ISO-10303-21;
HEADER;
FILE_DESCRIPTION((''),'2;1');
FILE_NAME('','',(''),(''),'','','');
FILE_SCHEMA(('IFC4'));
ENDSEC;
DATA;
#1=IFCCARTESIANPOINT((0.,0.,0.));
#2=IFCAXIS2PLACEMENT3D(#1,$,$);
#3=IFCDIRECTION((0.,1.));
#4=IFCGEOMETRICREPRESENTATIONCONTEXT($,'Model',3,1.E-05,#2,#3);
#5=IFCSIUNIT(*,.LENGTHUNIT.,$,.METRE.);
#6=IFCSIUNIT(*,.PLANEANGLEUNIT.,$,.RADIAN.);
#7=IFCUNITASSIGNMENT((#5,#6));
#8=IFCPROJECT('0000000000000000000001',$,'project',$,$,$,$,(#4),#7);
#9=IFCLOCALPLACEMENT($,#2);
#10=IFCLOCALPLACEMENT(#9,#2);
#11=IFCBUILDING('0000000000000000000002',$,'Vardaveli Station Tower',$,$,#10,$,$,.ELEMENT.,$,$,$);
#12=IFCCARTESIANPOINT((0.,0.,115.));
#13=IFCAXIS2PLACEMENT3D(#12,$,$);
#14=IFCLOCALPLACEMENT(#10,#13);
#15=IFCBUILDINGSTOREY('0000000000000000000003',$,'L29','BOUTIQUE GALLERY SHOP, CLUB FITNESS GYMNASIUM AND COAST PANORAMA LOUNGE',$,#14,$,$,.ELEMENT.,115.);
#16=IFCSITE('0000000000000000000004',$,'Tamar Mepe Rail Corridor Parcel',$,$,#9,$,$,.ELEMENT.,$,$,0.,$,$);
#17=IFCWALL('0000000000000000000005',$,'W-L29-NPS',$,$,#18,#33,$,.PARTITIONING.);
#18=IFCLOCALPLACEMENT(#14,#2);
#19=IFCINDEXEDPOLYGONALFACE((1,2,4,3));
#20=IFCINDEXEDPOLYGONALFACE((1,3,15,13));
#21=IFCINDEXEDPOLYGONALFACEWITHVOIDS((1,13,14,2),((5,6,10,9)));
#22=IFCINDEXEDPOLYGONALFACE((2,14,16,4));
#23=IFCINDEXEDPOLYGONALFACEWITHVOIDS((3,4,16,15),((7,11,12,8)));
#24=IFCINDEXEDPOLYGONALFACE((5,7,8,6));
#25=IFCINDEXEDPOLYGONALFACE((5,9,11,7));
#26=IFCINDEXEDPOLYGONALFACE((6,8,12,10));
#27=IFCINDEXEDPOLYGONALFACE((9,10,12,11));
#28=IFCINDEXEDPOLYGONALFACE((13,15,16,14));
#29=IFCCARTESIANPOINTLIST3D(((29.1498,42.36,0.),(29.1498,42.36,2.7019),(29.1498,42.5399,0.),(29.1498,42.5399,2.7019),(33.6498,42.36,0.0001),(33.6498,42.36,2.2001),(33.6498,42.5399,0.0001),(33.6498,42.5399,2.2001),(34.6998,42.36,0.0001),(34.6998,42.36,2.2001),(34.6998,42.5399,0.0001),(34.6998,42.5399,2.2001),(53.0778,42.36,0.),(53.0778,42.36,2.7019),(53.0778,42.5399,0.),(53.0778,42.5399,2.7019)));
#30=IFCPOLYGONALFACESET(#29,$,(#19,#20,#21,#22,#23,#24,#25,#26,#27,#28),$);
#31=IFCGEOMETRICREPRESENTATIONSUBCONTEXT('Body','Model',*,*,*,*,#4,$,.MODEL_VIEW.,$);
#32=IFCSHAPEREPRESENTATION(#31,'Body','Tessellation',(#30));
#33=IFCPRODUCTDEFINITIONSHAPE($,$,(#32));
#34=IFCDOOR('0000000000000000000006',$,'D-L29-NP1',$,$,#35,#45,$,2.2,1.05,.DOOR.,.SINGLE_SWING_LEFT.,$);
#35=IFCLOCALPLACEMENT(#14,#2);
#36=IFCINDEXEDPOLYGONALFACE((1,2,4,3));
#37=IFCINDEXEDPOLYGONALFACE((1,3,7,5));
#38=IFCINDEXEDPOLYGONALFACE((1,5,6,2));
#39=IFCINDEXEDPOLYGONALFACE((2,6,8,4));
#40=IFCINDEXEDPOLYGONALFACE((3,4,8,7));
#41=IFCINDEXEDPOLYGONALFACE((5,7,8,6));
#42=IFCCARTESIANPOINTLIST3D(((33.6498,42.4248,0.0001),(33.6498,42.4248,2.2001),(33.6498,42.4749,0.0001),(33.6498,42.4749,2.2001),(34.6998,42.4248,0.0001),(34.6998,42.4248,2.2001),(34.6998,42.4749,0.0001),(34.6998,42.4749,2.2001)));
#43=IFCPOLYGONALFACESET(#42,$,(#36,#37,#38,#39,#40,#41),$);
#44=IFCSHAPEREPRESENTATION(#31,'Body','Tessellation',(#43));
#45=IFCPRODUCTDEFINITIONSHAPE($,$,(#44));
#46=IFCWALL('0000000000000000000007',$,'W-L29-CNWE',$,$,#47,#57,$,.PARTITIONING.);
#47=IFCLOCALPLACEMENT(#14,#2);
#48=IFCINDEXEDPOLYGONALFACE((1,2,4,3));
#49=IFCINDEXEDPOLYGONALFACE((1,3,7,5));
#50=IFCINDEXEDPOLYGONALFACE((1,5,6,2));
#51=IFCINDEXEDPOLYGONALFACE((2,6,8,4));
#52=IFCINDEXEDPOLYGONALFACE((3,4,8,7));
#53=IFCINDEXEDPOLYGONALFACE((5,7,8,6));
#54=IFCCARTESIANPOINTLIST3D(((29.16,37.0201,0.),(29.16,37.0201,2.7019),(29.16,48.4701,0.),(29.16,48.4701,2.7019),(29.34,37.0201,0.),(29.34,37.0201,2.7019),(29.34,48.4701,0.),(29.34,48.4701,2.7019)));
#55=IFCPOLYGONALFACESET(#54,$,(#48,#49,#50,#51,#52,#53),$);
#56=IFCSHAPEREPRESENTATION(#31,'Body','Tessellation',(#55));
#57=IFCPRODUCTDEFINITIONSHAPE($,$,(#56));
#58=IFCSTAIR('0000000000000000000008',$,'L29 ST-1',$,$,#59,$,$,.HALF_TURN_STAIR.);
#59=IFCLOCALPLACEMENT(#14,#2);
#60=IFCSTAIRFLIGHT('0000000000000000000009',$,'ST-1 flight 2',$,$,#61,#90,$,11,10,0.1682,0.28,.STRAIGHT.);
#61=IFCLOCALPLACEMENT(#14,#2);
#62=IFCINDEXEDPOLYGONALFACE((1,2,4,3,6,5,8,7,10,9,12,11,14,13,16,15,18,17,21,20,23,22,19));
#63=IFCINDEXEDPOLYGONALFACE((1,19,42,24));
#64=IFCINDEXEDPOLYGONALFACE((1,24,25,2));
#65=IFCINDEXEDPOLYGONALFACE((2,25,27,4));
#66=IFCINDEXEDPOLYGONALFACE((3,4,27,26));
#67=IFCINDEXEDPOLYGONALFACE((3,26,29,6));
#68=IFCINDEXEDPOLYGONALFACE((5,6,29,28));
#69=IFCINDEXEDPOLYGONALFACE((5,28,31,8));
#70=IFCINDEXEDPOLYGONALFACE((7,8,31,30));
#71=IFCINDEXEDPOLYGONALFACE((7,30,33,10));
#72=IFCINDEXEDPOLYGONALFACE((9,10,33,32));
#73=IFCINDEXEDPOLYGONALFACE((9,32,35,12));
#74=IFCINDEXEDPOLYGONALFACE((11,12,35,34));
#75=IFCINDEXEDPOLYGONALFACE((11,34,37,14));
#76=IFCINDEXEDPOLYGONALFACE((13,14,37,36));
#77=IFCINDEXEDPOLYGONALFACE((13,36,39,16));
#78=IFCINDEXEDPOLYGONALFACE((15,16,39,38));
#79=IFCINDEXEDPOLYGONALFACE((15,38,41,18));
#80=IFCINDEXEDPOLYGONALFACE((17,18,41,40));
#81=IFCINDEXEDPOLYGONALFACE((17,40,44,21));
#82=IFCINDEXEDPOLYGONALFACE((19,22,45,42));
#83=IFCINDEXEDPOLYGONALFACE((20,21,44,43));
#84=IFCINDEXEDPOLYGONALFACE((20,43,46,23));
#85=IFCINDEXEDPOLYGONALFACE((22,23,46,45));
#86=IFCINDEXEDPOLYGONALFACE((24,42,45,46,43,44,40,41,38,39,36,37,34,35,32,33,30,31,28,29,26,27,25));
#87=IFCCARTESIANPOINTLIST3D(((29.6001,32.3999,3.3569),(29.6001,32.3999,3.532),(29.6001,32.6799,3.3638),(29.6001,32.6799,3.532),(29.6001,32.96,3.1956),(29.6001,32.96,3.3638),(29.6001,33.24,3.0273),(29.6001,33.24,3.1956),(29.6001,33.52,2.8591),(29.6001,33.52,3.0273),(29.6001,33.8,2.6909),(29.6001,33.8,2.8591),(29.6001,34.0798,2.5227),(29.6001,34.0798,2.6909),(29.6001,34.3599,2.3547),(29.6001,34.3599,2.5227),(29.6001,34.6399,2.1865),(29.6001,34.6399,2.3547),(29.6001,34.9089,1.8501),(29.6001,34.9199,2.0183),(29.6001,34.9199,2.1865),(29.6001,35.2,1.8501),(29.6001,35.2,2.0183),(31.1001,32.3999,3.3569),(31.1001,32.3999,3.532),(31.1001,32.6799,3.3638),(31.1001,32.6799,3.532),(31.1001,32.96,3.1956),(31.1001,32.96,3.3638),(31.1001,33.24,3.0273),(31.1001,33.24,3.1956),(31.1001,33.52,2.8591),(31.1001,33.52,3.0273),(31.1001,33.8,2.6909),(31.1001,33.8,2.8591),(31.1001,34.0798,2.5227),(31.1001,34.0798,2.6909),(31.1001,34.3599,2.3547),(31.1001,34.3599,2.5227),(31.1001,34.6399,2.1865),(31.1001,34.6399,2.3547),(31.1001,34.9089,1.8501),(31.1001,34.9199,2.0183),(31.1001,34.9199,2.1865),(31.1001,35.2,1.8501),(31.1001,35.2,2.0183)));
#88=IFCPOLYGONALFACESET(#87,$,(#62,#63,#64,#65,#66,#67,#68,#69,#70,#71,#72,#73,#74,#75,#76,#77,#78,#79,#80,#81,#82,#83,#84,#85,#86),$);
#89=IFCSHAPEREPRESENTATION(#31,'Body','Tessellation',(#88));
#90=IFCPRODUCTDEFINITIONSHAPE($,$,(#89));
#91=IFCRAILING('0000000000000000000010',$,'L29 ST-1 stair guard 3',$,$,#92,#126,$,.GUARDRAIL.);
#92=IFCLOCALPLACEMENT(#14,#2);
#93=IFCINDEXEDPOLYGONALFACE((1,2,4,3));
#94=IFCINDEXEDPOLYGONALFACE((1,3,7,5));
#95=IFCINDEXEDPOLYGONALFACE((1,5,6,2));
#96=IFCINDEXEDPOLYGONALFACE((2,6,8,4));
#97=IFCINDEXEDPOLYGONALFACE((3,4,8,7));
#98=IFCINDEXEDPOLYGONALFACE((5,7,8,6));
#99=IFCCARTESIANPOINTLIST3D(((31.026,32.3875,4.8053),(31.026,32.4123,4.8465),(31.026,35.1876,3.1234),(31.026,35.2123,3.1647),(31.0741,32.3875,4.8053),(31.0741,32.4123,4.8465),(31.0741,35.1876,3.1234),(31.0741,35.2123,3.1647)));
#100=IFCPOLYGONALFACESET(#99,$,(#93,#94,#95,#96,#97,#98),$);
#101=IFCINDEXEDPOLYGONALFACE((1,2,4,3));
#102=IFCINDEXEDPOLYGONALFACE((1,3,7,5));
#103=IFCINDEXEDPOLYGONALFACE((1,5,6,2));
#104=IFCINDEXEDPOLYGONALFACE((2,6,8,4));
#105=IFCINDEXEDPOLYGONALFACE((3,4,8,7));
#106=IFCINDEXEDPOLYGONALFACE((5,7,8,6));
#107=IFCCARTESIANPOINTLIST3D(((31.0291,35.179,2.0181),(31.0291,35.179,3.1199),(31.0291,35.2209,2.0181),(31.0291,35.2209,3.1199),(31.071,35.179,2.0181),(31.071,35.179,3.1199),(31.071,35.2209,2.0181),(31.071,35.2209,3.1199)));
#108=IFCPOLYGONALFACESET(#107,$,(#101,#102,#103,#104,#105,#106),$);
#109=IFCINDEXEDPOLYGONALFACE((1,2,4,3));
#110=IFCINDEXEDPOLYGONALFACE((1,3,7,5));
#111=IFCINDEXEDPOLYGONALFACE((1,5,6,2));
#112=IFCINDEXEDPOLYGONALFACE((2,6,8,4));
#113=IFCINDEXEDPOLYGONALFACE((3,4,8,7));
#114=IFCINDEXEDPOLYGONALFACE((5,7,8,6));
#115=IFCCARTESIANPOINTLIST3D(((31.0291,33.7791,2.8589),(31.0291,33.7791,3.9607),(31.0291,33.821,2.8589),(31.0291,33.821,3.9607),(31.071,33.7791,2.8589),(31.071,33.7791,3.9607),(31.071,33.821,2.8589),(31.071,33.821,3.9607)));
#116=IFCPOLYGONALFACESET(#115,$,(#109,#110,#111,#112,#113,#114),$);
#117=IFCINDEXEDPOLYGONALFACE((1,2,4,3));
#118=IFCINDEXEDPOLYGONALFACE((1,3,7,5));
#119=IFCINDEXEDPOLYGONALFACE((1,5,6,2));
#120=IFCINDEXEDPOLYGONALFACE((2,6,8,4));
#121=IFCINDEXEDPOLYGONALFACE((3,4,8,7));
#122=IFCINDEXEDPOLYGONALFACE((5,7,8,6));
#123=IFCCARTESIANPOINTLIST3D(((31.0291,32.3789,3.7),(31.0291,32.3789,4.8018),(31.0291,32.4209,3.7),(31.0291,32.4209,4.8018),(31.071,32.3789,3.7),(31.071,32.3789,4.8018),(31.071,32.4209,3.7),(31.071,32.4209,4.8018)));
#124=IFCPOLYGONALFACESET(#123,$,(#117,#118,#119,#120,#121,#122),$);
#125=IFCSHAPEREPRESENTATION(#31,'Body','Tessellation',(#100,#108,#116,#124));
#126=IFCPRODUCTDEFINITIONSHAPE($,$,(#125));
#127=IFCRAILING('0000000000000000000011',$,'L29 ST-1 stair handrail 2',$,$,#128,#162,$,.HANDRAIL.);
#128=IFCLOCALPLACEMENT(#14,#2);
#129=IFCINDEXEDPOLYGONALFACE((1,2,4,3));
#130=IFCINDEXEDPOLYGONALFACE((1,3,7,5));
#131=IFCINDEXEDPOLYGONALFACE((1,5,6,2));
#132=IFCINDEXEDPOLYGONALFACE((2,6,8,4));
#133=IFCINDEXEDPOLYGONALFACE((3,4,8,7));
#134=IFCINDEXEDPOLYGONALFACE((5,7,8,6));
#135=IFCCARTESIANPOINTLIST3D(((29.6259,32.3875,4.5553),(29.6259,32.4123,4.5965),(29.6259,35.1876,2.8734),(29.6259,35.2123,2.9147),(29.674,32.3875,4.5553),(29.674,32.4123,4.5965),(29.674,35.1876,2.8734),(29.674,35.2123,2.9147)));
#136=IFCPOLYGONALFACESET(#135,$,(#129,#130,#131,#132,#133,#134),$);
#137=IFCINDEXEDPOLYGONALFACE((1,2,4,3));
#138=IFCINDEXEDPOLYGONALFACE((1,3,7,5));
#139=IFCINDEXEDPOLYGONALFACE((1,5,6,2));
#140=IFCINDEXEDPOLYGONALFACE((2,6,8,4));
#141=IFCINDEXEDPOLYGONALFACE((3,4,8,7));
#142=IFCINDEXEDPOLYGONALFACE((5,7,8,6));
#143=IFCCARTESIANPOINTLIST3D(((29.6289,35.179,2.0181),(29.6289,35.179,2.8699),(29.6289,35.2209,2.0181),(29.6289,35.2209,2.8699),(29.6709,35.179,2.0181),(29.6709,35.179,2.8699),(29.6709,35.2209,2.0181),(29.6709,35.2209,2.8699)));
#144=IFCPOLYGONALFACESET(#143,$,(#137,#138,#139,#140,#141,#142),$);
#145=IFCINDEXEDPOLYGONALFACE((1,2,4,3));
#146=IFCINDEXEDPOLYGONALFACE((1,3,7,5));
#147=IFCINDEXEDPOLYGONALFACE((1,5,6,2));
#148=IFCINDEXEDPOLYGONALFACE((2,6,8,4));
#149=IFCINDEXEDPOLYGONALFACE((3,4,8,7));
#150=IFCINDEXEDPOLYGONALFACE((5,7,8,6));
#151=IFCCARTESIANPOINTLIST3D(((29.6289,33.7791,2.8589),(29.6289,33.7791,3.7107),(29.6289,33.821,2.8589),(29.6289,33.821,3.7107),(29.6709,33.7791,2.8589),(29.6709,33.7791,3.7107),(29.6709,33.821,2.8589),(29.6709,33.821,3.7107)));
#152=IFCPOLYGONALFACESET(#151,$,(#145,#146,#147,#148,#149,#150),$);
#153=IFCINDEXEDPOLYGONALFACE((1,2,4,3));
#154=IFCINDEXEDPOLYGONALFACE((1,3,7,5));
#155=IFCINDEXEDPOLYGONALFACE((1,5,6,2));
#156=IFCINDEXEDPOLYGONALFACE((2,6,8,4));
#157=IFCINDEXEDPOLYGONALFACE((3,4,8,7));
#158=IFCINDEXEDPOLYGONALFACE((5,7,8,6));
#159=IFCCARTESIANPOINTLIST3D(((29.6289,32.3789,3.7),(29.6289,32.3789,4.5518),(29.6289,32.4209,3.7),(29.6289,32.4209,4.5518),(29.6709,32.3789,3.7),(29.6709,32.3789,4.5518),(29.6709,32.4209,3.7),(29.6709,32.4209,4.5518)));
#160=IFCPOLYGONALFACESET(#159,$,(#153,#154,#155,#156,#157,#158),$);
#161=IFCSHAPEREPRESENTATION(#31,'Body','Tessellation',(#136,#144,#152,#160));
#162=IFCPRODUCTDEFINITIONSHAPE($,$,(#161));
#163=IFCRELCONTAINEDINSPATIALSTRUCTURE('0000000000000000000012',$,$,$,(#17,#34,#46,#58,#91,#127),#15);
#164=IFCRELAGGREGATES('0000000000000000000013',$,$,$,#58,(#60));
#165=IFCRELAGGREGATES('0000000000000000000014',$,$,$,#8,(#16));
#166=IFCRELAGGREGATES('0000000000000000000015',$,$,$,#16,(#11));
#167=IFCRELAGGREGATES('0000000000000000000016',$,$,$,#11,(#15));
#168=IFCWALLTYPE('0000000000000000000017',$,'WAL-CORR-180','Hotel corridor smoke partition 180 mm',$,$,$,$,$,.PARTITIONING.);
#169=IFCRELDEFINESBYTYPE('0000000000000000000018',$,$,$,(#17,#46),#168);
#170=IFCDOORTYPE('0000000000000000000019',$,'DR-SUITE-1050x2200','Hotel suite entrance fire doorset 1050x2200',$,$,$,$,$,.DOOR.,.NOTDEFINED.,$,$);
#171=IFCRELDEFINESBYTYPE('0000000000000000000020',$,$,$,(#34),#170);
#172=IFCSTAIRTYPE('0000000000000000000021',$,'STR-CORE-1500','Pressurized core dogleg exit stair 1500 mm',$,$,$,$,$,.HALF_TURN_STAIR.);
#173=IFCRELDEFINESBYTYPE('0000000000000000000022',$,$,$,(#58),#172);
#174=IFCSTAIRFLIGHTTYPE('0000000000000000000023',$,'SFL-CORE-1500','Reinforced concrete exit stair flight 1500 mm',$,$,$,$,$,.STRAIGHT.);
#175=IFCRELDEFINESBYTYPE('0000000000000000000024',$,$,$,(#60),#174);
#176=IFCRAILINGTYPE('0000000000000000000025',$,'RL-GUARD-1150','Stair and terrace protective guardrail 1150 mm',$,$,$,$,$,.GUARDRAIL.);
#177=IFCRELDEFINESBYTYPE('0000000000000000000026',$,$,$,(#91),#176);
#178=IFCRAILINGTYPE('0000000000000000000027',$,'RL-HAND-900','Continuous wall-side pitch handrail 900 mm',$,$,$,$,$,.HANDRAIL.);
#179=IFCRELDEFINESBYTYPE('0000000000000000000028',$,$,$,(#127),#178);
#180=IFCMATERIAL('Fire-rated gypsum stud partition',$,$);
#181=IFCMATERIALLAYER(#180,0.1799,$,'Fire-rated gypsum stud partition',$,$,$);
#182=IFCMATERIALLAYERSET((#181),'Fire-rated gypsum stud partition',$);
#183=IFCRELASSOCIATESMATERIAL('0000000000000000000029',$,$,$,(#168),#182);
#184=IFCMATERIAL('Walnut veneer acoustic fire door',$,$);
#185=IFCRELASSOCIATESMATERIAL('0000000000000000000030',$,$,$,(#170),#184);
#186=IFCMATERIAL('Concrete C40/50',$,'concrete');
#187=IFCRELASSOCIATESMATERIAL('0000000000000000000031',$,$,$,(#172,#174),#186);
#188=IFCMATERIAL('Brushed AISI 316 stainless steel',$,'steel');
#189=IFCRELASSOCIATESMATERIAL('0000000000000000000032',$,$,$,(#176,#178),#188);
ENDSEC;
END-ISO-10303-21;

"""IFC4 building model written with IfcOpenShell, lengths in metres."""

from ifc_helpers import new_model, si_unit, direction, frame, frame_2d, origin, origin_2d, place, context, subcontext, project, spatial, polyline, rectangle, outline, extrude, source, transform, mapped, material, layer, layer_set, type_object, element, fill, aggregate, save


model = new_model("IFC4")

# Units and contexts
model_context = context("Model", 3, precision=1e-05, world=origin(), true_north=direction((0.0, 1.0)))
body_context = subcontext(model_context, "Body", "Model", "MODEL_VIEW")
ifc_project = project(units=[si_unit("LENGTHUNIT", "METRE"), si_unit("PLANEANGLEUNIT", "RADIAN")], contexts=[model_context])

# Site, building, storey
site_placement = place(None, origin())
site = spatial("IfcSite", under=ifc_project, at=site_placement, Name="Tamar Mepe Rail Corridor Parcel", CompositionType="ELEMENT", RefElevation=0.0)
building_placement = place(site_placement, origin())
building = spatial("IfcBuilding", under=site, at=building_placement, Name="Vardaveli Station Tower", CompositionType="ELEMENT")
storey_placement = place(building_placement, frame((0.0, 0.0, 115.0)))
storey = spatial("IfcBuildingStorey", under=building, at=storey_placement, Name="L29", Description="BOUTIQUE GALLERY SHOP, CLUB FITNESS GYMNASIUM AND COAST PANORAMA LOUNGE", CompositionType="ELEMENT", Elevation=115.0)

# Shared definitions
ifc_material_1 = material(Name="Concrete C40/50", Category="concrete")

# Wall, opening, door
ifc_material_2 = material(Name="Fire-rated gypsum stud partition")
ifc_layer_1 = layer(ifc_material_2, 0.1799, Name="Fire-rated gypsum stud partition")
ifc_layer_set_1 = layer_set([ifc_layer_1], Name="Fire-rated gypsum stud partition")
wall_type_1 = type_object("IfcWallType", Name="WAL-CORR-180", Description="Hotel corridor smoke partition 180 mm", PredefinedType="PARTITIONING", material=ifc_layer_set_1)
shared_shape_1 = source(origin(), body_context, "Body", "SweptSolid", [
    extrude(rectangle(XDim=23.928, YDim=0.1799, at=frame_2d((11.9639, 0.0))), origin(), (0.0, 0.0, 1.0), 2.7019),
])
wall_1_placement = place(storey_placement, frame((29.1499, 42.45, 0.0), z_axis=(0.0, 0.0, 1.0), x_axis=(1.0, 0.0, 0.0)))
wall_1 = element("IfcWall", 1, at=wall_1_placement, inside=storey, type_object=wall_type_1, Name="W-L29-NPS", PredefinedType="PARTITIONING", context=body_context, shape_type="MappedRepresentation", body=[
    mapped(shared_shape_1, transform((0.0, 0.0, 0.0), scale=1.0)),
])
shared_shape_2 = source(origin(), body_context, "Body", "SweptSolid", [
    extrude(rectangle(XDim=1.05, YDim=2.2, at=frame_2d((0.5249, 1.1001))), frame((0.0, 0.1001, 0.0), z_axis=(0.0, -1.0, 0.0), x_axis=(1.0, 0.0, 0.0)), (0.0, 0.0, 1.0), 0.2),
])
opening_1_placement = place(wall_1_placement, frame((4.5, 0.0, 0.0)))
opening_1 = element("IfcOpeningElement", 2, at=opening_1_placement, cuts=wall_1, PredefinedType="OPENING", context=body_context, shape_type="MappedRepresentation", body=[
    mapped(shared_shape_2, transform((0.0, 0.0, 0.0), scale=1.0)),
])
ifc_material_3 = material(Name="Walnut veneer acoustic fire door")
door_type_1 = type_object("IfcDoorType", Name="DR-SUITE-1050x2200", Description="Hotel suite entrance fire doorset 1050x2200", OperationType="NOTDEFINED", PredefinedType="DOOR", material=ifc_material_3)
shared_shape_3 = source(origin(), body_context, "Body", "SweptSolid", [
    extrude(rectangle(XDim=1.05, YDim=2.2, at=frame_2d((0.5249, 1.1001))), frame((0.0, 0.0249, 0.0), z_axis=(0.0, -1.0, 0.0), x_axis=(1.0, 0.0, 0.0)), (0.0, 0.0, 1.0), 0.05),
])
door_1_placement = place(opening_1_placement, origin())
door_1 = element("IfcDoor", 3, at=door_1_placement, inside=storey, type_object=door_type_1, Name="D-L29-NP1", OperationType="SINGLE_SWING_LEFT", OverallHeight=2.2, OverallWidth=1.05, PredefinedType="DOOR", context=body_context, shape_type="MappedRepresentation", body=[
    mapped(shared_shape_3, transform((0.0, 0.0, 0.0), scale=1.0)),
])
fill(opening_1, door_1)

# Wall
shared_shape_4 = source(origin(), body_context, "Body", "SweptSolid", [
    extrude(rectangle(XDim=11.45, YDim=0.1799, at=frame_2d((5.7251, 0.0))), origin(), (0.0, 0.0, 1.0), 2.7019),
])
wall_2_placement = place(storey_placement, frame((29.25, 37.02, 0.0), z_axis=(0.0, 0.0, 1.0), x_axis=(0.0, 1.0, 0.0)))
element("IfcWall", 4, at=wall_2_placement, inside=storey, type_object=wall_type_1, Name="W-L29-CNWE", PredefinedType="PARTITIONING", context=body_context, shape_type="MappedRepresentation", body=[
    mapped(shared_shape_4, transform((0.0, 0.0, 0.0), scale=1.0)),
])

# Stair, stair flight
stair_type = type_object("IfcStairType", Name="STR-CORE-1500", Description="Pressurized core dogleg exit stair 1500 mm", PredefinedType="HALF_TURN_STAIR", material=ifc_material_1)
stair_placement = place(storey_placement, origin())
stair = element("IfcStair", 5, at=stair_placement, inside=storey, type_object=stair_type, Name="L29 ST-1", PredefinedType="HALF_TURN_STAIR")
stair_flight_type = type_object("IfcStairFlightType", Name="SFL-CORE-1500", Description="Reinforced concrete exit stair flight 1500 mm", PredefinedType="STRAIGHT", material=ifc_material_1)
shared_shape_5 = source(origin(), body_context, "Body", "SweptSolid", [
    extrude(outline(polyline([(0.0, 0.0), (0.0, 0.1682), (0.28, 0.1682), (0.28, 0.3364), (0.5601, 0.3364), (0.5601, 0.5046), (0.8401, 0.5046), (0.8401, 0.6726), (1.1201, 0.6726), (1.1201, 0.8408), (1.3999, 0.8408), (1.3999, 1.009), (1.6799, 1.009), (1.6799, 1.1772), (1.96, 1.1772), (1.96, 1.3455), (2.24, 1.3455), (2.24, 1.5137), (2.52, 1.5137), (2.52, 1.6819), (2.8, 1.6819), (2.8, 1.8501), (2.8, 1.5068), (0.291, 0.0), (0.0, 0.0)])), frame((0.0, 0.75, 0.0), z_axis=(0.0, -1.0, 0.0), x_axis=(1.0, 0.0, 0.0)), (0.0, 0.0, 1.0), 1.5),
])
stair_flight_placement = place(storey_placement, frame((30.3501, 35.2, 1.8501), z_axis=(0.0, 0.0, 1.0), x_axis=(0.0, -1.0, 0.0)))
stair_flight = element("IfcStairFlight", 6, at=stair_flight_placement, type_object=stair_flight_type, Name="ST-1 flight 2", NumberOfRisers=11, NumberOfTreads=10, PredefinedType="STRAIGHT", RiserHeight=0.1682, TreadLength=0.28, context=body_context, shape_type="MappedRepresentation", body=[
    mapped(shared_shape_5, transform((0.0, 0.0, 0.0), scale=1.0)),
])
aggregate(stair, [stair_flight])

# Railings
ifc_material_4 = material(Name="Brushed AISI 316 stainless steel", Category="steel")
railing_type_1 = type_object("IfcRailingType", Name="RL-GUARD-1150", Description="Stair and terrace protective guardrail 1150 mm", PredefinedType="GUARDRAIL", material=ifc_material_4)
shared_shape_6 = source(origin(), body_context, "Body", "SweptSolid", [
    extrude(rectangle(XDim=0.0481, YDim=0.0481, at=origin_2d()), frame((0.0, 0.0, 1.126), z_axis=(0.0, -0.857242, 0.514913), x_axis=(1.0, 0.0, 0.0)), (0.0, 0.0, 1.0), 3.2664),
    extrude(rectangle(XDim=0.042, YDim=0.042, at=origin_2d()), origin(), (0.0, 0.0, 1.0), 1.1018),
    extrude(rectangle(XDim=0.042, YDim=0.042, at=origin_2d()), frame((0.0, -1.3999, 0.8408)), (0.0, 0.0, 1.0), 1.1018),
    extrude(rectangle(XDim=0.042, YDim=0.042, at=origin_2d()), frame((0.0, -2.8, 1.6819)), (0.0, 0.0, 1.0), 1.1018),
])
railing_1_placement = place(storey_placement, frame((31.05, 35.2, 2.0181)))
element("IfcRailing", 7, at=railing_1_placement, inside=storey, type_object=railing_type_1, Name="L29 ST-1 stair guard 3", PredefinedType="GUARDRAIL", context=body_context, shape_type="MappedRepresentation", body=[
    mapped(shared_shape_6, transform((0.0, 0.0, 0.0), scale=1.0)),
])
railing_type_2 = type_object("IfcRailingType", Name="RL-HAND-900", Description="Continuous wall-side pitch handrail 900 mm", PredefinedType="HANDRAIL", material=ifc_material_4)
shared_shape_7 = source(origin(), body_context, "Body", "SweptSolid", [
    extrude(rectangle(XDim=0.0481, YDim=0.0481, at=origin_2d()), frame((0.0, 0.0, 0.876), z_axis=(0.0, -0.857242, 0.514913), x_axis=(1.0, 0.0, 0.0)), (0.0, 0.0, 1.0), 3.2664),
    extrude(rectangle(XDim=0.042, YDim=0.042, at=origin_2d()), origin(), (0.0, 0.0, 1.0), 0.8518),
    extrude(rectangle(XDim=0.042, YDim=0.042, at=origin_2d()), frame((0.0, -1.3999, 0.8408)), (0.0, 0.0, 1.0), 0.8518),
    extrude(rectangle(XDim=0.042, YDim=0.042, at=origin_2d()), frame((0.0, -2.8, 1.6819)), (0.0, 0.0, 1.0), 0.8518),
])
railing_2_placement = place(storey_placement, frame((29.6499, 35.2, 2.0181)))
element("IfcRailing", 8, at=railing_2_placement, inside=storey, type_object=railing_type_2, Name="L29 ST-1 stair handrail 2", PredefinedType="HANDRAIL", context=body_context, shape_type="MappedRepresentation", body=[
    mapped(shared_shape_7, transform((0.0, 0.0, 0.0), scale=1.0)),
])

save(model, "model.ifc")
